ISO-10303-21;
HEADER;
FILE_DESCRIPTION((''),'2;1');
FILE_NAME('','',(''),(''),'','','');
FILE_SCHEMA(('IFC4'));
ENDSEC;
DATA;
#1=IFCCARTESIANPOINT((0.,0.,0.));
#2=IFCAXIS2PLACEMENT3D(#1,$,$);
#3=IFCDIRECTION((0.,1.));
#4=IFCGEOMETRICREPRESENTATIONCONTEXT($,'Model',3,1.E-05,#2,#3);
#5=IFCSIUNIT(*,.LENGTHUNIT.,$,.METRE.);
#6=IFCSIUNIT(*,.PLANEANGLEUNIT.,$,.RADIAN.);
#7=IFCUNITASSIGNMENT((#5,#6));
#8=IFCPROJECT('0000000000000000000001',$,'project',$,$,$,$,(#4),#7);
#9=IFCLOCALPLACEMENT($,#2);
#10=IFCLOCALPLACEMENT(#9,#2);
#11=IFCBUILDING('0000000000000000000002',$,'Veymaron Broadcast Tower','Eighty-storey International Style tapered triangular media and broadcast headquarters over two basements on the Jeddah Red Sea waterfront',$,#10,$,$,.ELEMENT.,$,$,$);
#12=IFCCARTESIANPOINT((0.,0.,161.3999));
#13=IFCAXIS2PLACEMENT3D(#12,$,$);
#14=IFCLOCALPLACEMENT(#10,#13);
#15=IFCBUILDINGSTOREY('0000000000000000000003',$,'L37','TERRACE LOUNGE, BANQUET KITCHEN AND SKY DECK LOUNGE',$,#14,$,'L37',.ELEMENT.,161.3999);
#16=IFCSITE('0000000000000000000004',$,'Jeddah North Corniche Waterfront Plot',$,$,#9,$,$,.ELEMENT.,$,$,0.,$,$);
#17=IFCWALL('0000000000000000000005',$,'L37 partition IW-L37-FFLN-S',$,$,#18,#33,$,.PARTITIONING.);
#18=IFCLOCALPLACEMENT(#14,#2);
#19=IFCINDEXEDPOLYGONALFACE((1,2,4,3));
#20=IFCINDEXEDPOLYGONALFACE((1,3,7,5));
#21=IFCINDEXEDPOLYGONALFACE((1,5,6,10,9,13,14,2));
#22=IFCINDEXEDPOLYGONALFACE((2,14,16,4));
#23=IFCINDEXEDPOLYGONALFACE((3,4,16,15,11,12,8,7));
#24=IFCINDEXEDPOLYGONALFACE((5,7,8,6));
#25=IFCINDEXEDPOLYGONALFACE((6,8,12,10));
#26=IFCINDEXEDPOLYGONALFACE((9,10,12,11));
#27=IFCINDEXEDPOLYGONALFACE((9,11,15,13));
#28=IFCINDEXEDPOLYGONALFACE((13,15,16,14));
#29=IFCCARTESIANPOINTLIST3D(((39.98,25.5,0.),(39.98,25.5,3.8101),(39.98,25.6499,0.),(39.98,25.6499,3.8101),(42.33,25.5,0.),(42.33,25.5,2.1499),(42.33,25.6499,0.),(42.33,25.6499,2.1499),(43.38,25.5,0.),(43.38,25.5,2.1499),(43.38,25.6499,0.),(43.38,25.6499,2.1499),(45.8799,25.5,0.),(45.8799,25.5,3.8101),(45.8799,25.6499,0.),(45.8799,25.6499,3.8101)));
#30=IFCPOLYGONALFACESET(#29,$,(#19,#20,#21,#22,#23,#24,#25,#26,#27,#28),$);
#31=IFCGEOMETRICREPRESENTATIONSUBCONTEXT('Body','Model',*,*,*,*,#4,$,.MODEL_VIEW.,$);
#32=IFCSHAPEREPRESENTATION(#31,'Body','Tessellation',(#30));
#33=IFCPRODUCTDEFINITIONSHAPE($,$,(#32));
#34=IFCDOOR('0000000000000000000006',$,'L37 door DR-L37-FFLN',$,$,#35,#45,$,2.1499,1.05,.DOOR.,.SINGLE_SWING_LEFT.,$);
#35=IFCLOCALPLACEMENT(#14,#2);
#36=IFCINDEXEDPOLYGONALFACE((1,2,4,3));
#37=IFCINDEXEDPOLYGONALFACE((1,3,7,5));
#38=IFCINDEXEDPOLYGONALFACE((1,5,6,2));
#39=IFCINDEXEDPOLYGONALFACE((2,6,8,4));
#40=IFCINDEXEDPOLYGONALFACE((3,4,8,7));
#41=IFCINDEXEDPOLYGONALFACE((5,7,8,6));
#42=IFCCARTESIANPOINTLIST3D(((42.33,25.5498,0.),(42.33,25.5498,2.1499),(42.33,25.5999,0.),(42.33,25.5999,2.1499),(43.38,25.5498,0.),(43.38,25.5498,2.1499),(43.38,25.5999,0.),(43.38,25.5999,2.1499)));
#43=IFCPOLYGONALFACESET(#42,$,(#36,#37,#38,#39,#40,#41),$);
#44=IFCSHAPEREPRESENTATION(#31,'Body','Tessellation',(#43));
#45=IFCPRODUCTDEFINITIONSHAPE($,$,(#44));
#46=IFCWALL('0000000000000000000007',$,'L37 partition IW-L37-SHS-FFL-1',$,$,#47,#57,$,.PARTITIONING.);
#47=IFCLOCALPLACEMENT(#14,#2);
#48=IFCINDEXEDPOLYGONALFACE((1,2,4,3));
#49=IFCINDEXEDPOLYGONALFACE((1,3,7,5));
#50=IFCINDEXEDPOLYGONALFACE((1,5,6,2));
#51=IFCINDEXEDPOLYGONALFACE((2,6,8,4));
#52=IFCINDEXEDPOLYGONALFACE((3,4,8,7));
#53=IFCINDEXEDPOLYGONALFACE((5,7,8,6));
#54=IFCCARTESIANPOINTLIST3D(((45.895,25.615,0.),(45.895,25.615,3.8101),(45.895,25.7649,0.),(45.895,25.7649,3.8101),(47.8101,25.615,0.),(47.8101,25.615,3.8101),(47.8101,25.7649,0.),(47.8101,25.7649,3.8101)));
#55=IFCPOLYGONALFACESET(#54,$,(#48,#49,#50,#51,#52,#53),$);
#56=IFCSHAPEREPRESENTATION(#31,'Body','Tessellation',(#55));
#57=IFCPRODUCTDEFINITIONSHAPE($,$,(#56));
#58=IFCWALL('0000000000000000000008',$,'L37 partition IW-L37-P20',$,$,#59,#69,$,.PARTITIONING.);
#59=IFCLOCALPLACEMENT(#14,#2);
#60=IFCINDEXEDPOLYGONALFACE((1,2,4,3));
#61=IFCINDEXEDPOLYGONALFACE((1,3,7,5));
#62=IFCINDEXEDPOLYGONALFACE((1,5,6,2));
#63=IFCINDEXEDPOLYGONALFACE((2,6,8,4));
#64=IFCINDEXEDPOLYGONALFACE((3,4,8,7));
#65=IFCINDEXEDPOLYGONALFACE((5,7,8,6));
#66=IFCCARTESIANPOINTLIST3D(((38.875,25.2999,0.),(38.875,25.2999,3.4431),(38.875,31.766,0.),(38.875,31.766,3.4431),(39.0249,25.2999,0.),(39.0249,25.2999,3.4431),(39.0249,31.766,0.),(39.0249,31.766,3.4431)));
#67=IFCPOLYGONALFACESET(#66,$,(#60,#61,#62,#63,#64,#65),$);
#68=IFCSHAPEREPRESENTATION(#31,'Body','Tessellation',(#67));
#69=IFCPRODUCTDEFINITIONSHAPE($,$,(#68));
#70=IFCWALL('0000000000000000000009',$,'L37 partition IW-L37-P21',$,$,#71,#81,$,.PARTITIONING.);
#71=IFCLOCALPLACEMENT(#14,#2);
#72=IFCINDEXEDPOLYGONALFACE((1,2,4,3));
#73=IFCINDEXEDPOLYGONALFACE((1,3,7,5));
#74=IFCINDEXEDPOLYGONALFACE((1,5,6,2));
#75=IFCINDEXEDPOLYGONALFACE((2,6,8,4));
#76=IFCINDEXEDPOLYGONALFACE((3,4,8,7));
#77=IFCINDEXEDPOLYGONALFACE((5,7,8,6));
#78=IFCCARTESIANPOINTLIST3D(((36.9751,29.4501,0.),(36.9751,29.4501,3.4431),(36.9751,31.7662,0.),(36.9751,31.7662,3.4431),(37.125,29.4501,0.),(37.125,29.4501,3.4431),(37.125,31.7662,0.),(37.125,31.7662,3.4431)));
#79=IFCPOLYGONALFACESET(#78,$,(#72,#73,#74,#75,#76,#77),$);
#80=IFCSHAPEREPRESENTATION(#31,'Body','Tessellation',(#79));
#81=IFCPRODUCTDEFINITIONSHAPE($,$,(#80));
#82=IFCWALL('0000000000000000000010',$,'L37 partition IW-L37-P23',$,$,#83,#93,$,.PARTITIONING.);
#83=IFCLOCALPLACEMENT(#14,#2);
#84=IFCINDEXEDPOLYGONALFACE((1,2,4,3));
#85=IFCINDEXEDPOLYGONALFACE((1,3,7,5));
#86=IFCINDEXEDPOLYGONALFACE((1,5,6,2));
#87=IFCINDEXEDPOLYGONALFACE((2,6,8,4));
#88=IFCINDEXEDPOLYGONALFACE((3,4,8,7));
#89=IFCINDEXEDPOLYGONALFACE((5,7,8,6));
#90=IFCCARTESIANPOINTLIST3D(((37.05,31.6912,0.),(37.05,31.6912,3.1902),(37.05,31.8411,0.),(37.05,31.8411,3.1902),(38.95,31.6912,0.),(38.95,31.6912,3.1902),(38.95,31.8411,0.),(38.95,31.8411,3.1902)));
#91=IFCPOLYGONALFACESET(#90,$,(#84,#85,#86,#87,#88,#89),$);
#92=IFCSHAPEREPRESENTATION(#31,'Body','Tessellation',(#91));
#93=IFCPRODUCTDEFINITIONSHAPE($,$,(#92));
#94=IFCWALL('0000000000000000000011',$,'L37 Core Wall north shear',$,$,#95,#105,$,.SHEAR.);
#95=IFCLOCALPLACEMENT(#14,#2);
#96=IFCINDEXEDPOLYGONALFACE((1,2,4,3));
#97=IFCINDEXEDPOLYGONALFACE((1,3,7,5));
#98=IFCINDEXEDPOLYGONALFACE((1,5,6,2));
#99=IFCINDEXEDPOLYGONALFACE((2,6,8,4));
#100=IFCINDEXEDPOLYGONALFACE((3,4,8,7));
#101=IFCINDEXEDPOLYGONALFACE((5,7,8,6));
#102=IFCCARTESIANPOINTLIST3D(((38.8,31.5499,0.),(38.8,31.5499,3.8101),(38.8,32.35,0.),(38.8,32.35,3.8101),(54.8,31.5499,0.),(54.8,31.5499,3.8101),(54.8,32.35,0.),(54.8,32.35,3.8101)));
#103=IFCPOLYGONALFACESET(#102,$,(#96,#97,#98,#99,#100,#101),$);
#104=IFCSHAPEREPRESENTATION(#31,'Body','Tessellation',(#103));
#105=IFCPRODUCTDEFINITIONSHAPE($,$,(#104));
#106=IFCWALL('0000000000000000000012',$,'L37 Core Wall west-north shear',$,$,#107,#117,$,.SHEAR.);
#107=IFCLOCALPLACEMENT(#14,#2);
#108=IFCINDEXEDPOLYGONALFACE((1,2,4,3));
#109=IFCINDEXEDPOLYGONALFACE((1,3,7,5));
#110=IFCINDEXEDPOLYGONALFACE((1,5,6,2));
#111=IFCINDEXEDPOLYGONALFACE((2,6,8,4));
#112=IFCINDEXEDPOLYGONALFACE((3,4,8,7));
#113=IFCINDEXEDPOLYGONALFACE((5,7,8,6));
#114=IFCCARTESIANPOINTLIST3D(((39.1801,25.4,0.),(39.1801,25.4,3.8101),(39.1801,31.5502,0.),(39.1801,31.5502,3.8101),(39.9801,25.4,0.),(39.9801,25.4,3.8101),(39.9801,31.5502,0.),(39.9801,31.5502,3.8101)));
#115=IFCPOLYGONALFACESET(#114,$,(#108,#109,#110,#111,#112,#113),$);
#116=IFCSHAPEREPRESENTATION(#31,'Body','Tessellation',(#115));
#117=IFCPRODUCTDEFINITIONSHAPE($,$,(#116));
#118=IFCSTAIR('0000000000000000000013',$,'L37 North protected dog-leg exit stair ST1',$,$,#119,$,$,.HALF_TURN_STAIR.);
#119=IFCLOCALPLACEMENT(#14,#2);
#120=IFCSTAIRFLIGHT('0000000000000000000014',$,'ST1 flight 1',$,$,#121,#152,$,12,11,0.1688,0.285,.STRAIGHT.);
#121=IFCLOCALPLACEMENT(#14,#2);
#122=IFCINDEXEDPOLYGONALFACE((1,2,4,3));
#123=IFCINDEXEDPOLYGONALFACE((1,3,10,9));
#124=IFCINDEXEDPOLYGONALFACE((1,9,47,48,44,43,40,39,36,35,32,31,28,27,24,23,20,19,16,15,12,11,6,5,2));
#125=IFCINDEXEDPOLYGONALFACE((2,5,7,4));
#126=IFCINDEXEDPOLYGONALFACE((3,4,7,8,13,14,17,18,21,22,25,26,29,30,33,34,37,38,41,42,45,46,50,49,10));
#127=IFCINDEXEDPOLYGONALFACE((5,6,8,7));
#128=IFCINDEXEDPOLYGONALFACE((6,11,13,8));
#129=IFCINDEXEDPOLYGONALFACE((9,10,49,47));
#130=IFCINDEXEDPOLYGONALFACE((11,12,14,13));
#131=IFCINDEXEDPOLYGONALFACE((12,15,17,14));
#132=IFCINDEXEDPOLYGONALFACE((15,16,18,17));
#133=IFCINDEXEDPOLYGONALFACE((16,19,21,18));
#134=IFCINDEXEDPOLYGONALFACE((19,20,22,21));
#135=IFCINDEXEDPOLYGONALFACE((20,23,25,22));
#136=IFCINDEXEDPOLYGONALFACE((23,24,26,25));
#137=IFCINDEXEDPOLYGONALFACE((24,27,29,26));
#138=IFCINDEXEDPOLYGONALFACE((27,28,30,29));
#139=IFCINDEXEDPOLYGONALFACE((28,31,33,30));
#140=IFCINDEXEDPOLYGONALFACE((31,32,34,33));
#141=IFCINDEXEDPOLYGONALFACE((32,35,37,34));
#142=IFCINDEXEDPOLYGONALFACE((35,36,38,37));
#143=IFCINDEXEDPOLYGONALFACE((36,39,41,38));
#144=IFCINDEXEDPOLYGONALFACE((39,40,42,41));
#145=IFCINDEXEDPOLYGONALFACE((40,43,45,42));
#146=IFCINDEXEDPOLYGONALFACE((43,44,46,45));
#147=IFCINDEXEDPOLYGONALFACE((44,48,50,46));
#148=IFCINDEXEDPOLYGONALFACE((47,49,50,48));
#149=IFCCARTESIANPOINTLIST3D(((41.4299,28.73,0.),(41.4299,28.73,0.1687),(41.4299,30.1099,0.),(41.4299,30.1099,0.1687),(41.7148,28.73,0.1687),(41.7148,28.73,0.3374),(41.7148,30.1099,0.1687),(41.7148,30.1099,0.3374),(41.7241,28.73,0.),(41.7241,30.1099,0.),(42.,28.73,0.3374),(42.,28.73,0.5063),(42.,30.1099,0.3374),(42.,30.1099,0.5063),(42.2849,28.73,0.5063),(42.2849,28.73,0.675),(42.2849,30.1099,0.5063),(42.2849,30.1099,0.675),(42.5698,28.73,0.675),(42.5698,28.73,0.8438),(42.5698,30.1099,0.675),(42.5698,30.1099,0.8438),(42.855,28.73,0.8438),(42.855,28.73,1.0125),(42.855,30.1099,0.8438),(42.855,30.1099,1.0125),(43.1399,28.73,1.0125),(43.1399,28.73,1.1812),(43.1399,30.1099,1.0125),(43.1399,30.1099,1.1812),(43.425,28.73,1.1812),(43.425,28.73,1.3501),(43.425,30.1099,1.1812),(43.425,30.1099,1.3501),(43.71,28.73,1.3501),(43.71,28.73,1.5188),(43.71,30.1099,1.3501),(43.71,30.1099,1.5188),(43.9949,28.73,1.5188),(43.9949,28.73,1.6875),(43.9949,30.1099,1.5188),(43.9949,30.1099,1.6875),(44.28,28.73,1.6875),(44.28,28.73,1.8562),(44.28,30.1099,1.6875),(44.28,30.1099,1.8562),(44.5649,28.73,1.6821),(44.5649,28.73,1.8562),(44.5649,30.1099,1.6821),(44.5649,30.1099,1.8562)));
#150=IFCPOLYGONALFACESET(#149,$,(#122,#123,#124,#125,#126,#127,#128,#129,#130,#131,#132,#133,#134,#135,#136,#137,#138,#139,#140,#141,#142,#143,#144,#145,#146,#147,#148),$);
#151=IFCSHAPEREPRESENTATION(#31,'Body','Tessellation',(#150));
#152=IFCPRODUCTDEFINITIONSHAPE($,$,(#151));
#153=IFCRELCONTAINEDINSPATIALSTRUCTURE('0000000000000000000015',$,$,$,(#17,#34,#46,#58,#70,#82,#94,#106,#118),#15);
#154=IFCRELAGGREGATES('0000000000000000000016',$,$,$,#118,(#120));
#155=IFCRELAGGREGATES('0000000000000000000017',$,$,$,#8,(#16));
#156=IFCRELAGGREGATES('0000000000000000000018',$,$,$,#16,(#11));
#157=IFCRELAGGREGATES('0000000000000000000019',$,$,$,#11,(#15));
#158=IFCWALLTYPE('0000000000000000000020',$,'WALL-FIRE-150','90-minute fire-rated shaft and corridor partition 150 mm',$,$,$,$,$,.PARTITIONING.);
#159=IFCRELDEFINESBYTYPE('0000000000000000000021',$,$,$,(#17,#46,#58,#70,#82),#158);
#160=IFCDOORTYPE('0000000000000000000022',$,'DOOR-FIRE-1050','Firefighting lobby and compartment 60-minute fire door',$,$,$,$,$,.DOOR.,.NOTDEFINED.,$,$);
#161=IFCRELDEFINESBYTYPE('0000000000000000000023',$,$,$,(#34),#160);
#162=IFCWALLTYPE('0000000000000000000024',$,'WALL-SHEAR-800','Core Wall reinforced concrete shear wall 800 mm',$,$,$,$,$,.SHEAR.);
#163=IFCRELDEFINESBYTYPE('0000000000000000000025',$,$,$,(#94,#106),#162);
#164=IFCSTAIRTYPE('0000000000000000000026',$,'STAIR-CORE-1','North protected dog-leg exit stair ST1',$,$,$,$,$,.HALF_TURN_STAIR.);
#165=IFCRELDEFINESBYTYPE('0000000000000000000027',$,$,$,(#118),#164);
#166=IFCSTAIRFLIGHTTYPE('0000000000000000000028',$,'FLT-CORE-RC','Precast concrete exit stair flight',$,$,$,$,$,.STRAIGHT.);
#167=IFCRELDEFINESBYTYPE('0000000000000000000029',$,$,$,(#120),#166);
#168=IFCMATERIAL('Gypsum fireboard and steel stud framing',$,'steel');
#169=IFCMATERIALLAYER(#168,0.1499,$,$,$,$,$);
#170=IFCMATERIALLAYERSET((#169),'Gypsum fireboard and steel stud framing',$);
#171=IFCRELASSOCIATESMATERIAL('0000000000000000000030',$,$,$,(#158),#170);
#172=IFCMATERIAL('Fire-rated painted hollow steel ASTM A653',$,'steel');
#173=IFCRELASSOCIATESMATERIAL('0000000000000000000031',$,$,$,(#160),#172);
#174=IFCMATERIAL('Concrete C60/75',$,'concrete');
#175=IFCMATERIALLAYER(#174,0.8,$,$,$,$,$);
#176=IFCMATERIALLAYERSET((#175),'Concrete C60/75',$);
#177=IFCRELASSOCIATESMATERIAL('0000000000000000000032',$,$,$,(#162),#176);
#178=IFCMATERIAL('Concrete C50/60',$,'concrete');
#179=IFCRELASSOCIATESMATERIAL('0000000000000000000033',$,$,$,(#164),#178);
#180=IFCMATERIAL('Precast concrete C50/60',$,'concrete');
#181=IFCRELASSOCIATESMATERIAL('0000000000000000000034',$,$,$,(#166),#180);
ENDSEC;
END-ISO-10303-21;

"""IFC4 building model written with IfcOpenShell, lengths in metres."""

from ifc_helpers import new_model, si_unit, direction, frame, frame_2d, origin, place, context, subcontext, project, spatial, polyline, rectangle, outline, extrude, material, layer, layer_set, type_object, element, fill, aggregate, save


model = new_model("IFC4")

# Units and contexts
model_context = context("Model", 3, precision=1e-05, world=origin(), true_north=direction((0.0, 1.0)))
body_context = subcontext(model_context, "Body", "Model", "MODEL_VIEW")
ifc_project = project(units=[si_unit("LENGTHUNIT", "METRE"), si_unit("PLANEANGLEUNIT", "RADIAN")], contexts=[model_context])

# Site, building, storey
site_placement = place(None, origin())
site = spatial("IfcSite", under=ifc_project, at=site_placement, Name="Jeddah North Corniche Waterfront Plot", CompositionType="ELEMENT", RefElevation=0.0)
building_placement = place(site_placement, origin())
building = spatial("IfcBuilding", under=site, at=building_placement, Name="Veymaron Broadcast Tower", Description="Eighty-storey International Style tapered triangular media and broadcast headquarters over two basements on the Jeddah Red Sea waterfront", CompositionType="ELEMENT")
storey_placement = place(building_placement, frame((0.0, 0.0, 161.3999)))
storey = spatial("IfcBuildingStorey", under=building, at=storey_placement, Name="L37", Description="TERRACE LOUNGE, BANQUET KITCHEN AND SKY DECK LOUNGE", LongName="L37", CompositionType="ELEMENT", Elevation=161.3999)

# Wall, opening, door
ifc_material_1 = material(Name="Gypsum fireboard and steel stud framing", Category="steel")
ifc_layer_1 = layer(ifc_material_1, 0.1499)
ifc_layer_set_1 = layer_set([ifc_layer_1], Name="Gypsum fireboard and steel stud framing")
wall_type_1 = type_object("IfcWallType", Name="WALL-FIRE-150", Description="90-minute fire-rated shaft and corridor partition 150 mm", PredefinedType="PARTITIONING", material=ifc_layer_set_1)
wall_1_placement = place(storey_placement, frame((39.98, 25.575, 0.0), z_axis=(0.0, 0.0, 1.0), x_axis=(1.0, 0.0, 0.0)))
wall_1 = element("IfcWall", 1, at=wall_1_placement, inside=storey, type_object=wall_type_1, Name="L37 partition IW-L37-FFLN-S", PredefinedType="PARTITIONING", context=body_context, shape_type="SweptSolid", body=[
    extrude(rectangle(XDim=5.8999, YDim=0.1499, at=frame_2d((2.95, 0.0))), origin(), (0.0, 0.0, 1.0), 3.8101),
])
opening_1_placement = place(wall_1_placement, frame((2.3501, 0.0, 0.0)))
opening_1 = element("IfcOpeningElement", 2, at=opening_1_placement, cuts=wall_1, PredefinedType="OPENING", context=body_context, shape_type="SweptSolid", body=[
    extrude(rectangle(XDim=1.05, YDim=2.1499, at=frame_2d((0.5249, 1.075))), frame((0.0, 0.085, 0.0), z_axis=(0.0, -1.0, 0.0), x_axis=(1.0, 0.0, 0.0)), (0.0, 0.0, 1.0), 0.1699),
])
ifc_material_2 = material(Name="Fire-rated painted hollow steel ASTM A653", Category="steel")
door_type_1 = type_object("IfcDoorType", Name="DOOR-FIRE-1050", Description="Firefighting lobby and compartment 60-minute fire door", OperationType="NOTDEFINED", PredefinedType="DOOR", material=ifc_material_2)
door_1_placement = place(opening_1_placement, origin())
door_1 = element("IfcDoor", 3, at=door_1_placement, inside=storey, type_object=door_type_1, Name="L37 door DR-L37-FFLN", OperationType="SINGLE_SWING_LEFT", OverallHeight=2.1499, OverallWidth=1.05, PredefinedType="DOOR", context=body_context, shape_type="SweptSolid", body=[
    extrude(rectangle(XDim=1.05, YDim=2.1499, at=frame_2d((0.5249, 1.075))), frame((0.0, 0.0249, 0.0), z_axis=(0.0, -1.0, 0.0), x_axis=(1.0, 0.0, 0.0)), (0.0, 0.0, 1.0), 0.05),
])
fill(opening_1, door_1)

# Walls
wall_2_placement = place(storey_placement, frame((45.895, 25.6899, 0.0), z_axis=(0.0, 0.0, 1.0), x_axis=(1.0, 0.0, 0.0)))
element("IfcWall", 4, at=wall_2_placement, inside=storey, type_object=wall_type_1, Name="L37 partition IW-L37-SHS-FFL-1", PredefinedType="PARTITIONING", context=body_context, shape_type="SweptSolid", body=[
    extrude(rectangle(XDim=1.915, YDim=0.1499, at=frame_2d((0.9575, 0.0))), origin(), (0.0, 0.0, 1.0), 3.8101),
])
wall_3_placement = place(storey_placement, frame((38.95, 25.3, 0.0), z_axis=(0.0, 0.0, 1.0), x_axis=(0.0, 1.0, 0.0)))
element("IfcWall", 5, at=wall_3_placement, inside=storey, type_object=wall_type_1, Name="L37 partition IW-L37-P20", PredefinedType="PARTITIONING", context=body_context, shape_type="SweptSolid", body=[
    extrude(rectangle(XDim=6.4661, YDim=0.1499, at=frame_2d((3.2329, 0.0))), origin(), (0.0, 0.0, 1.0), 3.4431),
])
wall_4_placement = place(storey_placement, frame((37.05, 29.45, 0.0), z_axis=(0.0, 0.0, 1.0), x_axis=(0.0, 1.0, 0.0)))
element("IfcWall", 6, at=wall_4_placement, inside=storey, type_object=wall_type_1, Name="L37 partition IW-L37-P21", PredefinedType="PARTITIONING", context=body_context, shape_type="SweptSolid", body=[
    extrude(rectangle(XDim=2.3162, YDim=0.1499, at=frame_2d((1.1582, 0.0))), origin(), (0.0, 0.0, 1.0), 3.4431),
])
wall_5_placement = place(storey_placement, frame((37.05, 31.7661, 0.0), z_axis=(0.0, 0.0, 1.0), x_axis=(1.0, 0.0, 0.0)))
element("IfcWall", 7, at=wall_5_placement, inside=storey, type_object=wall_type_1, Name="L37 partition IW-L37-P23", PredefinedType="PARTITIONING", context=body_context, shape_type="SweptSolid", body=[
    extrude(rectangle(XDim=1.8999, YDim=0.1499, at=frame_2d((0.95, 0.0))), origin(), (0.0, 0.0, 1.0), 3.1902),
])

# Shared definitions
ifc_material_3 = material(Name="Concrete C50/60", Category="concrete")

# Walls
ifc_material_4 = material(Name="Concrete C60/75", Category="concrete")
ifc_layer_2 = layer(ifc_material_4, 0.8)
ifc_layer_set_2 = layer_set([ifc_layer_2], Name="Concrete C60/75")
wall_type_2 = type_object("IfcWallType", Name="WALL-SHEAR-800", Description="Core Wall reinforced concrete shear wall 800 mm", PredefinedType="SHEAR", material=ifc_layer_set_2)
wall_6_placement = place(storey_placement, frame((38.8, 31.95, 0.0), z_axis=(0.0, 0.0, 1.0), x_axis=(1.0, 0.0, 0.0)))
element("IfcWall", 8, at=wall_6_placement, inside=storey, type_object=wall_type_2, Name="L37 Core Wall north shear", PredefinedType="SHEAR", context=body_context, shape_type="SweptSolid", body=[
    extrude(rectangle(XDim=16.0, YDim=0.8, at=frame_2d((8.0, 0.0))), origin(), (0.0, 0.0, 1.0), 3.8101),
])
wall_7_placement = place(storey_placement, frame((39.5801, 25.3999, 0.0), z_axis=(0.0, 0.0, 1.0), x_axis=(0.0, 1.0, 0.0)))
element("IfcWall", 9, at=wall_7_placement, inside=storey, type_object=wall_type_2, Name="L37 Core Wall west-north shear", PredefinedType="SHEAR", context=body_context, shape_type="SweptSolid", body=[
    extrude(rectangle(XDim=6.1501, YDim=0.8, at=frame_2d((3.0752, 0.0))), origin(), (0.0, 0.0, 1.0), 3.8101),
])

# Stair, stair flight
stair_type = type_object("IfcStairType", Name="STAIR-CORE-1", Description="North protected dog-leg exit stair ST1", PredefinedType="HALF_TURN_STAIR", material=ifc_material_3)
stair_placement = place(storey_placement, origin())
stair = element("IfcStair", 10, at=stair_placement, inside=storey, type_object=stair_type, Name="L37 North protected dog-leg exit stair ST1", PredefinedType="HALF_TURN_STAIR")
ifc_material_5 = material(Name="Precast concrete C50/60", Category="concrete")
stair_flight_type = type_object("IfcStairFlightType", Name="FLT-CORE-RC", Description="Precast concrete exit stair flight", PredefinedType="STRAIGHT", material=ifc_material_5)
stair_flight_1_placement = place(storey_placement, frame((41.4299, 29.4199, 0.0), z_axis=(0.0, 0.0, 1.0), x_axis=(1.0, 0.0, 0.0)))
stair_flight_1 = element("IfcStairFlight", 11, at=stair_flight_1_placement, type_object=stair_flight_type, Name="ST1 flight 1", NumberOfRisers=12, NumberOfTreads=11, PredefinedType="STRAIGHT", RiserHeight=0.1688, TreadLength=0.285, context=body_context, shape_type="SweptSolid", body=[
    extrude(outline(polyline([(0.0, 0.0), (0.0, 0.1687), (0.2849, 0.1687), (0.2849, 0.3374), (0.5701, 0.3374), (0.5701, 0.5063), (0.855, 0.5063), (0.855, 0.675), (1.1399, 0.675), (1.1399, 0.8438), (1.425, 0.8438), (1.425, 1.0125), (1.71, 1.0125), (1.71, 1.1812), (1.9951, 1.1812), (1.9951, 1.3501), (2.28, 1.3501), (2.28, 1.5188), (2.5649, 1.5188), (2.5649, 1.6875), (2.8501, 1.6875), (2.8501, 1.8562), (3.135, 1.8562), (3.135, 2.0249), (3.135, 1.6821), (0.2942, 0.0), (0.0, 0.0)])), frame((0.0, 0.6899, 0.0), z_axis=(0.0, -1.0, 0.0), x_axis=(1.0, 0.0, 0.0)), (0.0, 0.0, 1.0), 1.3799),
])
aggregate(stair, [stair_flight_1])

save(model, "model.ifc")
